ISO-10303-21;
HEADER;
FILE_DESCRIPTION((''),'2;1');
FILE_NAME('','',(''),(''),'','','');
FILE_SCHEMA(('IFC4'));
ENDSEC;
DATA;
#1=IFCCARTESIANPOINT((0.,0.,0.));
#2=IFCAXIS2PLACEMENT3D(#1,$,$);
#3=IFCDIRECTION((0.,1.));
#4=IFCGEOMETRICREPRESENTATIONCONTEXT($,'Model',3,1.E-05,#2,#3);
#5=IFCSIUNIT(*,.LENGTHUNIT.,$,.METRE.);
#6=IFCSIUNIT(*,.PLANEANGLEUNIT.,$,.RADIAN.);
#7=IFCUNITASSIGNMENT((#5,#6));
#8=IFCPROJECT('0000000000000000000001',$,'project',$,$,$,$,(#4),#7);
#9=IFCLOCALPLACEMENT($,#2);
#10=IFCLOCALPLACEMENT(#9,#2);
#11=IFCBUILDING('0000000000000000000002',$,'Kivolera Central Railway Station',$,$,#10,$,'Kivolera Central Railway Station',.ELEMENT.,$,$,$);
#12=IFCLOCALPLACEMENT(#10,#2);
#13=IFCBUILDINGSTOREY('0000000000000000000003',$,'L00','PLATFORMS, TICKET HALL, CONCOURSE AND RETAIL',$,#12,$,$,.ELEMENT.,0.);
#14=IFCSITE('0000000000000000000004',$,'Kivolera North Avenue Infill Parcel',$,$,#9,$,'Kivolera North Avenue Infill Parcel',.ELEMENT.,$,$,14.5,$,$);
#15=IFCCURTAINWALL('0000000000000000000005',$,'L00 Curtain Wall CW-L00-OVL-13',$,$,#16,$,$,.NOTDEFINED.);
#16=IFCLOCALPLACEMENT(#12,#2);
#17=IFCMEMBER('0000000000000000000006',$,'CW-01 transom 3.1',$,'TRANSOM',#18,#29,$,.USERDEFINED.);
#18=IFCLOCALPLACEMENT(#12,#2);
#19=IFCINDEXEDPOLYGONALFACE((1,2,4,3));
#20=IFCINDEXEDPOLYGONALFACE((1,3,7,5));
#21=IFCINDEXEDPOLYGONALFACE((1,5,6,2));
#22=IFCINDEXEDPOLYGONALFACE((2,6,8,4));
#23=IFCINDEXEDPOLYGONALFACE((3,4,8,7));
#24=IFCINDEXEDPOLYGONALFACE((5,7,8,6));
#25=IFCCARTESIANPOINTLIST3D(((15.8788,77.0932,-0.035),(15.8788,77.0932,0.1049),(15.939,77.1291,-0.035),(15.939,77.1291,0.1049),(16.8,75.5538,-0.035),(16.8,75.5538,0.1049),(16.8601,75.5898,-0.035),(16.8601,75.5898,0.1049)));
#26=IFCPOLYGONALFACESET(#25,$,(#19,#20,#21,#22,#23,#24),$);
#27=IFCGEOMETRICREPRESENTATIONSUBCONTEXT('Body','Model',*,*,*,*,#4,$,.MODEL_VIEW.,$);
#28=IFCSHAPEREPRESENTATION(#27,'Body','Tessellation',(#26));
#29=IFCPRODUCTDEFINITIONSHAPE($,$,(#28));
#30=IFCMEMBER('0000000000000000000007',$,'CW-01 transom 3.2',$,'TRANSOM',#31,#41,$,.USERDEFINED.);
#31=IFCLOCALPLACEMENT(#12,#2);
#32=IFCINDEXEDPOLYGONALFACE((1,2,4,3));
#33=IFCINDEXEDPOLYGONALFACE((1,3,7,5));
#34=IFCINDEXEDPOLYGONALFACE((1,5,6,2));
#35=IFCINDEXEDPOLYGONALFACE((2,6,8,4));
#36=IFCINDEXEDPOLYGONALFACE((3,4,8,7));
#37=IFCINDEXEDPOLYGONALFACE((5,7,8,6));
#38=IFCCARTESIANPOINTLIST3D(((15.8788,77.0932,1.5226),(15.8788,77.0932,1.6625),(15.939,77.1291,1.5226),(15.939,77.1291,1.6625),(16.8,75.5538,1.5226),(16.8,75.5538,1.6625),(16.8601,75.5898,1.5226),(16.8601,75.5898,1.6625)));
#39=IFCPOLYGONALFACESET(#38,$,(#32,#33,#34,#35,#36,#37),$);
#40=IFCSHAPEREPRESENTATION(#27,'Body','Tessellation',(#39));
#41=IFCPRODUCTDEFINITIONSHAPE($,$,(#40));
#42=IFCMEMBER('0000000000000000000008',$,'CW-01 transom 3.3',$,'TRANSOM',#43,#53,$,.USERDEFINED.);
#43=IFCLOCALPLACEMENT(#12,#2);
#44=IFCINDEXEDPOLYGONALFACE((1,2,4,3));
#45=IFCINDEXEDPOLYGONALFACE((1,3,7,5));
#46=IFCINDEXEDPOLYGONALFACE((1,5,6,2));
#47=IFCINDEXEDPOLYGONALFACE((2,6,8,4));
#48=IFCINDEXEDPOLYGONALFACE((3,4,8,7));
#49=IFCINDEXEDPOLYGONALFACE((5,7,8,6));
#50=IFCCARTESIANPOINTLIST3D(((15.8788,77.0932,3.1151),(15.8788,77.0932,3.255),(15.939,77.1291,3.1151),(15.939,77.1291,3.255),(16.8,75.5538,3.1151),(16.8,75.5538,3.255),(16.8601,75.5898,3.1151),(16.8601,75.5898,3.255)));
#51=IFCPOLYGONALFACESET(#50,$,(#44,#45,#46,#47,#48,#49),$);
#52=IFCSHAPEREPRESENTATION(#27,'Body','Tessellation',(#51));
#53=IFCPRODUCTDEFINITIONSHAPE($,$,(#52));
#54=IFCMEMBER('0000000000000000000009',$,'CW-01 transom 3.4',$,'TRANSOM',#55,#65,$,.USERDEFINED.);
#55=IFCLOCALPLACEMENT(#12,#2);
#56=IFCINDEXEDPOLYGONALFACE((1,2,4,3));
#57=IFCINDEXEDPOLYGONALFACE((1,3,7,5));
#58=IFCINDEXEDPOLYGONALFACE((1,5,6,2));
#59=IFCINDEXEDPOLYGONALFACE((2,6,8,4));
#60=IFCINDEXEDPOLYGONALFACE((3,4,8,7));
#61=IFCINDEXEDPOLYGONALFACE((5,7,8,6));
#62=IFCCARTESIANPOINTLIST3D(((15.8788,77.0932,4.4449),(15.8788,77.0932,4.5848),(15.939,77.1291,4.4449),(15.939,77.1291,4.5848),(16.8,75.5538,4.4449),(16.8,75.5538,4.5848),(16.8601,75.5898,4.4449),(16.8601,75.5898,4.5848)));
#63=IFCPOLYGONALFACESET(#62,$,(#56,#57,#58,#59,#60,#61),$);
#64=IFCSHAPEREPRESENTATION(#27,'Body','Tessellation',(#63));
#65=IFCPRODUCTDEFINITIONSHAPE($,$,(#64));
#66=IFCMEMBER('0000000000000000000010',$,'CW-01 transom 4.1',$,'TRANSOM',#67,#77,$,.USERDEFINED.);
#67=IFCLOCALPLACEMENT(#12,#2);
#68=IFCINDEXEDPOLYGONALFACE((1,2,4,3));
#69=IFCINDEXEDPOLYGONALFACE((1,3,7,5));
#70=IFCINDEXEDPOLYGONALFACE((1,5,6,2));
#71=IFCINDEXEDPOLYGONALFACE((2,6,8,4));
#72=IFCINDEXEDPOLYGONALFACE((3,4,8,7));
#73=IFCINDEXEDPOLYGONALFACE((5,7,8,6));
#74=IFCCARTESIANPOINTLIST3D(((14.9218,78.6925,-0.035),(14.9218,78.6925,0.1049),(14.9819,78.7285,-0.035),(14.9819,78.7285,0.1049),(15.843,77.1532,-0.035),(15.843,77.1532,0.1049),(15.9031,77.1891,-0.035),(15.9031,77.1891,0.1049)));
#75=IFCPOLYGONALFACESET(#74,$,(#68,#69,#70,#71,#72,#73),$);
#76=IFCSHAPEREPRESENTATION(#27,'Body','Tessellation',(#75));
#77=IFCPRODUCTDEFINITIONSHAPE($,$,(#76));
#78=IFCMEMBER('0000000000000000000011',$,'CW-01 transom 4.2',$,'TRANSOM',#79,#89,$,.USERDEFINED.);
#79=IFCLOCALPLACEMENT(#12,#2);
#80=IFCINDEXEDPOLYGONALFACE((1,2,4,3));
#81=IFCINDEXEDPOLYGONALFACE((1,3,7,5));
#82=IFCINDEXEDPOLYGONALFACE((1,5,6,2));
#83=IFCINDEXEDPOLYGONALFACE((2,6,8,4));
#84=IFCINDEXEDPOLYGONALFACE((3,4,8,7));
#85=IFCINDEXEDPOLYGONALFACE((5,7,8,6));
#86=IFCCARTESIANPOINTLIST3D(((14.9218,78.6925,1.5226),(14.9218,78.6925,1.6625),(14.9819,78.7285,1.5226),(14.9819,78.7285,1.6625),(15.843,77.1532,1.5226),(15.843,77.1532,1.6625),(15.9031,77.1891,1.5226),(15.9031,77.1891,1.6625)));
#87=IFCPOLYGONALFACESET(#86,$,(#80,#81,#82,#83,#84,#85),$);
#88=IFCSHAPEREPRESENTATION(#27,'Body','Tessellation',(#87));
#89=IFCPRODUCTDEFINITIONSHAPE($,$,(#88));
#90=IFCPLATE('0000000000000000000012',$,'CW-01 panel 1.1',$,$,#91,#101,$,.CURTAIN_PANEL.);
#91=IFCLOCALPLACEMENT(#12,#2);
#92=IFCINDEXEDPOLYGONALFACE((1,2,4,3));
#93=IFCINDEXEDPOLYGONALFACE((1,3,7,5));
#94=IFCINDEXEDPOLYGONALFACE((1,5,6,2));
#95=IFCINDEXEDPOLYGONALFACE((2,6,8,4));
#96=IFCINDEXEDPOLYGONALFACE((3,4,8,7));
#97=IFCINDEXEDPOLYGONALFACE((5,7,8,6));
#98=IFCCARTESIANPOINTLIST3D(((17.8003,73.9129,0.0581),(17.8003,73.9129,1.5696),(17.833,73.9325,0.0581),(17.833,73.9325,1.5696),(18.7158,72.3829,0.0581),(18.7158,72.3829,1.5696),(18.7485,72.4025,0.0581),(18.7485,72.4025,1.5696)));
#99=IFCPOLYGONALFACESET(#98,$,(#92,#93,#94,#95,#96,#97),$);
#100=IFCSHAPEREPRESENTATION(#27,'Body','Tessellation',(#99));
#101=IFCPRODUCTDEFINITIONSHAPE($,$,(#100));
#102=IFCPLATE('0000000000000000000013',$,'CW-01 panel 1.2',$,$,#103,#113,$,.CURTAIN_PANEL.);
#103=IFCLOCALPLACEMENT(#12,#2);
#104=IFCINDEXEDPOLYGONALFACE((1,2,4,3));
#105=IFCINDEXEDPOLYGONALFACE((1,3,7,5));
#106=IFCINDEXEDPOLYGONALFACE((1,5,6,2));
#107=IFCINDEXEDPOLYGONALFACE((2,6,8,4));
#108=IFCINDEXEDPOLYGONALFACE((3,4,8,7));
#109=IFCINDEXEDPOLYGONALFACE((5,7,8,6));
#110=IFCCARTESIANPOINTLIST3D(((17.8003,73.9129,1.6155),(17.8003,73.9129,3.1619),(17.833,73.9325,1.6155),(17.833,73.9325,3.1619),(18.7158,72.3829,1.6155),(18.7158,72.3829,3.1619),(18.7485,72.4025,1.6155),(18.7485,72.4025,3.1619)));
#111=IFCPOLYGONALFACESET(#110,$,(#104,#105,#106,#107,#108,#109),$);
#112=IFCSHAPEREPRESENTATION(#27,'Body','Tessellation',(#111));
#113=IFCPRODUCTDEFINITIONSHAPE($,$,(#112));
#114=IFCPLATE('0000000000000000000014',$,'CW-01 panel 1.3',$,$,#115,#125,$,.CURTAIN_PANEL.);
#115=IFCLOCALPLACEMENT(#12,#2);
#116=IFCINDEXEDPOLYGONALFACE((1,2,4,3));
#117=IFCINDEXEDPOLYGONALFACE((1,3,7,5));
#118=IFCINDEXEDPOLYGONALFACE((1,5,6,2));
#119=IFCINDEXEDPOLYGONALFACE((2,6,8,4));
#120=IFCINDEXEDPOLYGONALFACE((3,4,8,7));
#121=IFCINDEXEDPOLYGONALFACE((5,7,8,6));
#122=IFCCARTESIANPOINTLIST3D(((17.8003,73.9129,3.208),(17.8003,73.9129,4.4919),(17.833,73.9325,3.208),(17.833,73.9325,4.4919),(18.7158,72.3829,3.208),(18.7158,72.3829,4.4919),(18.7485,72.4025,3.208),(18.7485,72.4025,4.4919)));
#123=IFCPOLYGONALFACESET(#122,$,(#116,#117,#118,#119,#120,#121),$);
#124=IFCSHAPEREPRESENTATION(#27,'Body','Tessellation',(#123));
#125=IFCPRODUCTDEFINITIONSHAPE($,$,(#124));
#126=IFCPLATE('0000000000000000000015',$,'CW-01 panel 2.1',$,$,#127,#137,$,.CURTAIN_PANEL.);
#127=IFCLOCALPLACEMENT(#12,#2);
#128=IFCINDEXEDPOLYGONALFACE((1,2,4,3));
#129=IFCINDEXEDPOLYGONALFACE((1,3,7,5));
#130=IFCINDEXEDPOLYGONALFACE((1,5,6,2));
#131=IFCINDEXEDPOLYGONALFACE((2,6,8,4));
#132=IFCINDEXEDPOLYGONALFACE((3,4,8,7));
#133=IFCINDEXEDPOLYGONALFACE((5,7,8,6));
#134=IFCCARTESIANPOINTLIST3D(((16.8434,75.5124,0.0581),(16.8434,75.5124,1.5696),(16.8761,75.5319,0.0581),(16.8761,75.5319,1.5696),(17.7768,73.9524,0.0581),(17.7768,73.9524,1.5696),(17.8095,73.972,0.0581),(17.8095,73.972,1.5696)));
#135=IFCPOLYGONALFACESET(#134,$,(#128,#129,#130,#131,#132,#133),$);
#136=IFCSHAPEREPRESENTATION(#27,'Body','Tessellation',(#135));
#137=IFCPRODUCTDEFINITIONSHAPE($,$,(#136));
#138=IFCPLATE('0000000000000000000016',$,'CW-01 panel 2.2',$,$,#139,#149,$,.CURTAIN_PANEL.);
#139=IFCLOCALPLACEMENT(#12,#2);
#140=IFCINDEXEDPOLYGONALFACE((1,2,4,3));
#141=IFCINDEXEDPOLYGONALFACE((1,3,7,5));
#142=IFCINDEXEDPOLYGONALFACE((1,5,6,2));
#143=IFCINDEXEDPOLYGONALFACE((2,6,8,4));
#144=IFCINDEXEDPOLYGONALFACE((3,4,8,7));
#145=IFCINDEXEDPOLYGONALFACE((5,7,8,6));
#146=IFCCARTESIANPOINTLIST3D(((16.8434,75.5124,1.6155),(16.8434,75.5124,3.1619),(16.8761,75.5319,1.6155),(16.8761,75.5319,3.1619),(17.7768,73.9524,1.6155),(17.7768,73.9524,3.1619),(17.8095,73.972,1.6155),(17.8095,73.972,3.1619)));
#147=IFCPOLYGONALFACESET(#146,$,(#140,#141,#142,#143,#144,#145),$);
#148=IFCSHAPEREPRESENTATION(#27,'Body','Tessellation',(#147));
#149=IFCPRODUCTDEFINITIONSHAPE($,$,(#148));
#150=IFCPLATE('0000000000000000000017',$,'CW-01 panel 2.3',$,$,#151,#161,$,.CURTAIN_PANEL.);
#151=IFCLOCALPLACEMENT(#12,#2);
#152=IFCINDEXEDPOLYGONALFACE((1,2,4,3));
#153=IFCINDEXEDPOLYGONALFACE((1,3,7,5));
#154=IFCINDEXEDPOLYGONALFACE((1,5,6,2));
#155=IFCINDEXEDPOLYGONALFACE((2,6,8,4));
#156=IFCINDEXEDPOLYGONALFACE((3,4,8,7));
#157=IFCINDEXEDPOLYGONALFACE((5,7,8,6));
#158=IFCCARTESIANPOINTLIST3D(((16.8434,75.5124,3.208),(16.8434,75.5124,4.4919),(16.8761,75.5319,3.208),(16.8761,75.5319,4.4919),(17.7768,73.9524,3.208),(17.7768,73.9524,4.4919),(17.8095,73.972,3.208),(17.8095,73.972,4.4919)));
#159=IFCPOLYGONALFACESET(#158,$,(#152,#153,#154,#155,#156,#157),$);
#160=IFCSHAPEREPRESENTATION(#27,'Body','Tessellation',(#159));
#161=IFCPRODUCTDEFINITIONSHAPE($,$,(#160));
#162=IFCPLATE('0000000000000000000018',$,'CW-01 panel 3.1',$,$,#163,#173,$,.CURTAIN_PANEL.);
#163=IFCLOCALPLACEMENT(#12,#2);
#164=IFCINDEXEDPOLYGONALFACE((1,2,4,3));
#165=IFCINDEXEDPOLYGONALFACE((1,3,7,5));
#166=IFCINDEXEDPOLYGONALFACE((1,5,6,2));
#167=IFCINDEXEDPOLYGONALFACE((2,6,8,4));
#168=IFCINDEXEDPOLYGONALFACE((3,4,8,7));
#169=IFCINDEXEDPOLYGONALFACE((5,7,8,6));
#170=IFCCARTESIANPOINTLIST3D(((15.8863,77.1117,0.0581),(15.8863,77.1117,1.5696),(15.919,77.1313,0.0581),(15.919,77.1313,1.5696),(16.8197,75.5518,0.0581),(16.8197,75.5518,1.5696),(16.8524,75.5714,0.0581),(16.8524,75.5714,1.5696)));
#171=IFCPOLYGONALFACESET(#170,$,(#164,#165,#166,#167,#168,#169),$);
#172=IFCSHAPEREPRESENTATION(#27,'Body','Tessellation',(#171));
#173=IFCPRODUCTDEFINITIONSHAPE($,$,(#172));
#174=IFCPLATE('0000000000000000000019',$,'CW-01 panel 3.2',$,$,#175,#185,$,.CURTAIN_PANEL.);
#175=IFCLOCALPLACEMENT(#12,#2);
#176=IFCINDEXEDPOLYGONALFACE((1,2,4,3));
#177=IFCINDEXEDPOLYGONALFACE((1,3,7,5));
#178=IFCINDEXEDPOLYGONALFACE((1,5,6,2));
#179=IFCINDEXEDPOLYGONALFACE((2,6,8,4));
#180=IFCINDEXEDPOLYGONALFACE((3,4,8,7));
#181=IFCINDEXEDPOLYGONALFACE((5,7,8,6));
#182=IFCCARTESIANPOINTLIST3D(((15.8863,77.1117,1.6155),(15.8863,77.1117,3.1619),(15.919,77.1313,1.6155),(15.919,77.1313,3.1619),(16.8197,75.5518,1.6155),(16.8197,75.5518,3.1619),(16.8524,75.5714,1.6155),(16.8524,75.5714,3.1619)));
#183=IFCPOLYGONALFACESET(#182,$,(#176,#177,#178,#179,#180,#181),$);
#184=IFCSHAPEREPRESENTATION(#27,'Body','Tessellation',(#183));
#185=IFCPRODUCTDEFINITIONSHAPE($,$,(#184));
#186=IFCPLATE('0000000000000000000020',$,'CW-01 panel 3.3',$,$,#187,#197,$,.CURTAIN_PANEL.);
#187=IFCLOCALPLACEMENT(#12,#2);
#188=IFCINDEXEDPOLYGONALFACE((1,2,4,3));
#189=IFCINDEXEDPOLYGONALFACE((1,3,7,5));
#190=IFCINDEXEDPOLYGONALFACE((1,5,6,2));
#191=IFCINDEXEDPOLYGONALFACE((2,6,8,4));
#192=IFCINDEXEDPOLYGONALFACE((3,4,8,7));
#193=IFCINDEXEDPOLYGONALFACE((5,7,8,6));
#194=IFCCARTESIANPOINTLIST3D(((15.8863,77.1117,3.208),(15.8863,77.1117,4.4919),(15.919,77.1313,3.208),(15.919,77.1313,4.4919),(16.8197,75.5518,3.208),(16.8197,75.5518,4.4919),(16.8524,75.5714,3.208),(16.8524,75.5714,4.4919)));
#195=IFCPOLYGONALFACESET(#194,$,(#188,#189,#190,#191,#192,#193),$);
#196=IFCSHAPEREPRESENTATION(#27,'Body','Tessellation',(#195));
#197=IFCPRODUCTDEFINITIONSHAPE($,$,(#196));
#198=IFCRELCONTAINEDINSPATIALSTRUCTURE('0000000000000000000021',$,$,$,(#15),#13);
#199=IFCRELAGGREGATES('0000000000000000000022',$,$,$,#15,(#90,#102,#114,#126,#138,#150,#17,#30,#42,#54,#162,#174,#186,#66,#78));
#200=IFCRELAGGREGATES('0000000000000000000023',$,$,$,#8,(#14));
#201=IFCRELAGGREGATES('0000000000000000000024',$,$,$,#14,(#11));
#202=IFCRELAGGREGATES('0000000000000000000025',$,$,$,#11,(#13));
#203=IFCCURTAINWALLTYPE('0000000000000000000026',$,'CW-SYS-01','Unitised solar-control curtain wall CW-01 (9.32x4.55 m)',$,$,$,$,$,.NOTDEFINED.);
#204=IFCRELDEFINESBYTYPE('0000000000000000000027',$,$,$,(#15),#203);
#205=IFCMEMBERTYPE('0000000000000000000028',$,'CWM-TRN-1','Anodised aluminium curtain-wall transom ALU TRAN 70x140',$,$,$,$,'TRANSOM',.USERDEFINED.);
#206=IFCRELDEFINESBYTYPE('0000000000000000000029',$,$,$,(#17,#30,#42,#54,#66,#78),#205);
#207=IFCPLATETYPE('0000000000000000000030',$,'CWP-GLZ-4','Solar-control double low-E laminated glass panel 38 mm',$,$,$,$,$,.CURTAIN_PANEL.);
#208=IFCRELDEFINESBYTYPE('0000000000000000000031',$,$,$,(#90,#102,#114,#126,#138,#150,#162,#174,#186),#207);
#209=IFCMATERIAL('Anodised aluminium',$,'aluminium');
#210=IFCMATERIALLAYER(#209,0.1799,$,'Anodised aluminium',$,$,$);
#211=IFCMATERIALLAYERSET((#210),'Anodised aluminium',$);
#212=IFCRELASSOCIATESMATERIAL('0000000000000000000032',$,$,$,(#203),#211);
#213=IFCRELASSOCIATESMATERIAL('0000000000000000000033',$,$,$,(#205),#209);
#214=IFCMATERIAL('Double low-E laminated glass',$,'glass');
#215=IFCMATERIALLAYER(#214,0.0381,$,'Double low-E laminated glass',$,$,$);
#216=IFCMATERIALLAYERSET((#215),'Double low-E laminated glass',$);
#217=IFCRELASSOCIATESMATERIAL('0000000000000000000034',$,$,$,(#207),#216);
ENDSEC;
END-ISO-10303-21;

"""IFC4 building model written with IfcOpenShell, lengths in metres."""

from ifc_helpers import new_model, si_unit, direction, frame, origin, origin_2d, place, context, subcontext, project, spatial, rectangle, extrude, material, layer, layer_set, material_profile, profile_set, type_object, element, aggregate, save


model = new_model("IFC4")

# Units and contexts
model_context = context("Model", 3, precision=1e-05, world=origin(), true_north=direction((0.0, 1.0)))
body_context = subcontext(model_context, "Body", "Model", "MODEL_VIEW")
ifc_project = project(units=[si_unit("LENGTHUNIT", "METRE"), si_unit("PLANEANGLEUNIT", "RADIAN")], contexts=[model_context])

# Site, building, storey
site_placement = place(None, origin())
site = spatial("IfcSite", under=ifc_project, at=site_placement, Name="Kivolera North Avenue Infill Parcel", LongName="Kivolera North Avenue Infill Parcel", CompositionType="ELEMENT", RefElevation=14.5)
building_placement = place(site_placement, origin())
building = spatial("IfcBuilding", under=site, at=building_placement, Name="Kivolera Central Railway Station", LongName="Kivolera Central Railway Station", CompositionType="ELEMENT")
storey_placement = place(building_placement, origin())
storey = spatial("IfcBuildingStorey", under=building, at=storey_placement, Name="L00", Description="PLATFORMS, TICKET HALL, CONCOURSE AND RETAIL", CompositionType="ELEMENT", Elevation=0.0)

# Curtain wall, members, plates
ifc_material_1 = material(Name="Anodised aluminium", Category="aluminium")
ifc_layer_1 = layer(ifc_material_1, 0.1799, Name="Anodised aluminium")
ifc_layer_set_1 = layer_set([ifc_layer_1], Name="Anodised aluminium")
curtain_wall_type = type_object("IfcCurtainWallType", Name="CW-SYS-01", Description="Unitised solar-control curtain wall CW-01 (9.32x4.55 m)", PredefinedType="NOTDEFINED", material=ifc_layer_set_1)
curtain_wall_placement = place(storey_placement, origin())
curtain_wall = element("IfcCurtainWall", 1, at=curtain_wall_placement, inside=storey, type_object=curtain_wall_type, Name="L00 Curtain Wall CW-L00-OVL-13", PredefinedType="NOTDEFINED")
ifc_material_profile_1 = material_profile(ifc_material_1, rectangle(XDim=0.0701, YDim=0.1399, at=origin_2d()), Name="ALU TRAN 70x140")
ifc_profile_set_1 = profile_set([ifc_material_profile_1], Name="Anodised aluminium")
member_type_1 = type_object("IfcMemberType", Name="CWM-TRN-1", Description="Anodised aluminium curtain-wall transom ALU TRAN 70x140", ElementType="TRANSOM", PredefinedType="USERDEFINED", material=ifc_profile_set_1)
member_1_placement = place(storey_placement, frame((16.8301, 75.5718, 0.0349), z_axis=(-0.513495, 0.858093, 0.0), x_axis=(-0.858093, -0.513495, 0.0)))
member_1 = element("IfcMember", 2, at=member_1_placement, type_object=member_type_1, Name="CW-01 transom 3.1", ObjectType="TRANSOM", PredefinedType="USERDEFINED", context=body_context, shape_type="SweptSolid", body=[
    extrude(rectangle(XDim=0.0701, YDim=0.1399, at=origin_2d()), origin(), (0.0, 0.0, 1.0), 1.7939),
])
member_2_placement = place(storey_placement, frame((16.8301, 75.5718, 1.5925), z_axis=(-0.513495, 0.858093, 0.0), x_axis=(-0.858093, -0.513495, 0.0)))
member_2 = element("IfcMember", 3, at=member_2_placement, type_object=member_type_1, Name="CW-01 transom 3.2", ObjectType="TRANSOM", PredefinedType="USERDEFINED", context=body_context, shape_type="SweptSolid", body=[
    extrude(rectangle(XDim=0.0701, YDim=0.1399, at=origin_2d()), origin(), (0.0, 0.0, 1.0), 1.7939),
])
member_3_placement = place(storey_placement, frame((16.8301, 75.5718, 3.1851), z_axis=(-0.513495, 0.858093, 0.0), x_axis=(-0.858093, -0.513495, 0.0)))
member_3 = element("IfcMember", 4, at=member_3_placement, type_object=member_type_1, Name="CW-01 transom 3.3", ObjectType="TRANSOM", PredefinedType="USERDEFINED", context=body_context, shape_type="SweptSolid", body=[
    extrude(rectangle(XDim=0.0701, YDim=0.1399, at=origin_2d()), origin(), (0.0, 0.0, 1.0), 1.7939),
])
member_4_placement = place(storey_placement, frame((16.8301, 75.5718, 4.5149), z_axis=(-0.513495, 0.858093, 0.0), x_axis=(-0.858093, -0.513495, 0.0)))
member_4 = element("IfcMember", 5, at=member_4_placement, type_object=member_type_1, Name="CW-01 transom 3.4", ObjectType="TRANSOM", PredefinedType="USERDEFINED", context=body_context, shape_type="SweptSolid", body=[
    extrude(rectangle(XDim=0.0701, YDim=0.1399, at=origin_2d()), origin(), (0.0, 0.0, 1.0), 1.7939),
])
member_5_placement = place(storey_placement, frame((15.873, 77.1711, 0.0349), z_axis=(-0.513495, 0.858093, 0.0), x_axis=(-0.858093, -0.513495, 0.0)))
member_5 = element("IfcMember", 6, at=member_5_placement, type_object=member_type_1, Name="CW-01 transom 4.1", ObjectType="TRANSOM", PredefinedType="USERDEFINED", context=body_context, shape_type="SweptSolid", body=[
    extrude(rectangle(XDim=0.0701, YDim=0.1399, at=origin_2d()), origin(), (0.0, 0.0, 1.0), 1.7939),
])
member_6_placement = place(storey_placement, frame((15.873, 77.1711, 1.5925), z_axis=(-0.513495, 0.858093, 0.0), x_axis=(-0.858093, -0.513495, 0.0)))
member_6 = element("IfcMember", 7, at=member_6_placement, type_object=member_type_1, Name="CW-01 transom 4.2", ObjectType="TRANSOM", PredefinedType="USERDEFINED", context=body_context, shape_type="SweptSolid", body=[
    extrude(rectangle(XDim=0.0701, YDim=0.1399, at=origin_2d()), origin(), (0.0, 0.0, 1.0), 1.7939),
])
ifc_material_2 = material(Name="Double low-E laminated glass", Category="glass")
ifc_layer_2 = layer(ifc_material_2, 0.0381, Name="Double low-E laminated glass")
ifc_layer_set_2 = layer_set([ifc_layer_2], Name="Double low-E laminated glass")
plate_type = type_object("IfcPlateType", Name="CWP-GLZ-4", Description="Solar-control double low-E laminated glass panel 38 mm", PredefinedType="CURTAIN_PANEL", material=ifc_layer_set_2)
plate_1_placement = place(storey_placement, frame((18.2744, 73.1577, 0.0581), z_axis=(0.0, 0.0, 1.0), x_axis=(-0.513454, 0.858117, 0.0)))
plate_1 = element("IfcPlate", 8, at=plate_1_placement, type_object=plate_type, Name="CW-01 panel 1.1", PredefinedType="CURTAIN_PANEL", context=body_context, shape_type="SweptSolid", body=[
    extrude(rectangle(XDim=1.783, YDim=0.0381, at=origin_2d()), origin(), (0.0, 0.0, 1.0), 1.5115),
])
plate_2_placement = place(storey_placement, frame((18.2744, 73.1577, 1.6155), z_axis=(0.0, 0.0, 1.0), x_axis=(-0.513454, 0.858117, 0.0)))
plate_2 = element("IfcPlate", 9, at=plate_2_placement, type_object=plate_type, Name="CW-01 panel 1.2", PredefinedType="CURTAIN_PANEL", context=body_context, shape_type="SweptSolid", body=[
    extrude(rectangle(XDim=1.783, YDim=0.0381, at=origin_2d()), origin(), (0.0, 0.0, 1.0), 1.5464),
])
plate_3_placement = place(storey_placement, frame((18.2744, 73.1577, 3.208), z_axis=(0.0, 0.0, 1.0), x_axis=(-0.513454, 0.858117, 0.0)))
plate_3 = element("IfcPlate", 10, at=plate_3_placement, type_object=plate_type, Name="CW-01 panel 1.3", PredefinedType="CURTAIN_PANEL", context=body_context, shape_type="SweptSolid", body=[
    extrude(rectangle(XDim=1.783, YDim=0.0381, at=origin_2d()), origin(), (0.0, 0.0, 1.0), 1.2839),
])
plate_4_placement = place(storey_placement, frame((17.3264, 74.7422, 0.0581), z_axis=(0.0, 0.0, 1.0), x_axis=(-0.513454, 0.858117, 0.0)))
plate_4 = element("IfcPlate", 11, at=plate_4_placement, type_object=plate_type, Name="CW-01 panel 2.1", PredefinedType="CURTAIN_PANEL", context=body_context, shape_type="SweptSolid", body=[
    extrude(rectangle(XDim=1.8179, YDim=0.0381, at=origin_2d()), origin(), (0.0, 0.0, 1.0), 1.5115),
])
plate_5_placement = place(storey_placement, frame((17.3264, 74.7422, 1.6155), z_axis=(0.0, 0.0, 1.0), x_axis=(-0.513454, 0.858117, 0.0)))
plate_5 = element("IfcPlate", 12, at=plate_5_placement, type_object=plate_type, Name="CW-01 panel 2.2", PredefinedType="CURTAIN_PANEL", context=body_context, shape_type="SweptSolid", body=[
    extrude(rectangle(XDim=1.8179, YDim=0.0381, at=origin_2d()), origin(), (0.0, 0.0, 1.0), 1.5464),
])
plate_6_placement = place(storey_placement, frame((17.3264, 74.7422, 3.208), z_axis=(0.0, 0.0, 1.0), x_axis=(-0.513454, 0.858117, 0.0)))
plate_6 = element("IfcPlate", 13, at=plate_6_placement, type_object=plate_type, Name="CW-01 panel 2.3", PredefinedType="CURTAIN_PANEL", context=body_context, shape_type="SweptSolid", body=[
    extrude(rectangle(XDim=1.8179, YDim=0.0381, at=origin_2d()), origin(), (0.0, 0.0, 1.0), 1.2839),
])
plate_7_placement = place(storey_placement, frame((16.3694, 76.3416, 0.0581), z_axis=(0.0, 0.0, 1.0), x_axis=(-0.513454, 0.858117, 0.0)))
plate_7 = element("IfcPlate", 14, at=plate_7_placement, type_object=plate_type, Name="CW-01 panel 3.1", PredefinedType="CURTAIN_PANEL", context=body_context, shape_type="SweptSolid", body=[
    extrude(rectangle(XDim=1.8179, YDim=0.0381, at=origin_2d()), origin(), (0.0, 0.0, 1.0), 1.5115),
])
plate_8_placement = place(storey_placement, frame((16.3694, 76.3416, 1.6155), z_axis=(0.0, 0.0, 1.0), x_axis=(-0.513454, 0.858117, 0.0)))
plate_8 = element("IfcPlate", 15, at=plate_8_placement, type_object=plate_type, Name="CW-01 panel 3.2", PredefinedType="CURTAIN_PANEL", context=body_context, shape_type="SweptSolid", body=[
    extrude(rectangle(XDim=1.8179, YDim=0.0381, at=origin_2d()), origin(), (0.0, 0.0, 1.0), 1.5464),
])
plate_9_placement = place(storey_placement, frame((16.3694, 76.3416, 3.208), z_axis=(0.0, 0.0, 1.0), x_axis=(-0.513454, 0.858117, 0.0)))
plate_9 = element("IfcPlate", 16, at=plate_9_placement, type_object=plate_type, Name="CW-01 panel 3.3", PredefinedType="CURTAIN_PANEL", context=body_context, shape_type="SweptSolid", body=[
    extrude(rectangle(XDim=1.8179, YDim=0.0381, at=origin_2d()), origin(), (0.0, 0.0, 1.0), 1.2839),
])
aggregate(curtain_wall, [plate_1, plate_2, plate_3, plate_4, plate_5, plate_6, member_1, member_2, member_3, member_4, plate_7, plate_8, plate_9, member_5, member_6])

save(model, "model.ifc")
